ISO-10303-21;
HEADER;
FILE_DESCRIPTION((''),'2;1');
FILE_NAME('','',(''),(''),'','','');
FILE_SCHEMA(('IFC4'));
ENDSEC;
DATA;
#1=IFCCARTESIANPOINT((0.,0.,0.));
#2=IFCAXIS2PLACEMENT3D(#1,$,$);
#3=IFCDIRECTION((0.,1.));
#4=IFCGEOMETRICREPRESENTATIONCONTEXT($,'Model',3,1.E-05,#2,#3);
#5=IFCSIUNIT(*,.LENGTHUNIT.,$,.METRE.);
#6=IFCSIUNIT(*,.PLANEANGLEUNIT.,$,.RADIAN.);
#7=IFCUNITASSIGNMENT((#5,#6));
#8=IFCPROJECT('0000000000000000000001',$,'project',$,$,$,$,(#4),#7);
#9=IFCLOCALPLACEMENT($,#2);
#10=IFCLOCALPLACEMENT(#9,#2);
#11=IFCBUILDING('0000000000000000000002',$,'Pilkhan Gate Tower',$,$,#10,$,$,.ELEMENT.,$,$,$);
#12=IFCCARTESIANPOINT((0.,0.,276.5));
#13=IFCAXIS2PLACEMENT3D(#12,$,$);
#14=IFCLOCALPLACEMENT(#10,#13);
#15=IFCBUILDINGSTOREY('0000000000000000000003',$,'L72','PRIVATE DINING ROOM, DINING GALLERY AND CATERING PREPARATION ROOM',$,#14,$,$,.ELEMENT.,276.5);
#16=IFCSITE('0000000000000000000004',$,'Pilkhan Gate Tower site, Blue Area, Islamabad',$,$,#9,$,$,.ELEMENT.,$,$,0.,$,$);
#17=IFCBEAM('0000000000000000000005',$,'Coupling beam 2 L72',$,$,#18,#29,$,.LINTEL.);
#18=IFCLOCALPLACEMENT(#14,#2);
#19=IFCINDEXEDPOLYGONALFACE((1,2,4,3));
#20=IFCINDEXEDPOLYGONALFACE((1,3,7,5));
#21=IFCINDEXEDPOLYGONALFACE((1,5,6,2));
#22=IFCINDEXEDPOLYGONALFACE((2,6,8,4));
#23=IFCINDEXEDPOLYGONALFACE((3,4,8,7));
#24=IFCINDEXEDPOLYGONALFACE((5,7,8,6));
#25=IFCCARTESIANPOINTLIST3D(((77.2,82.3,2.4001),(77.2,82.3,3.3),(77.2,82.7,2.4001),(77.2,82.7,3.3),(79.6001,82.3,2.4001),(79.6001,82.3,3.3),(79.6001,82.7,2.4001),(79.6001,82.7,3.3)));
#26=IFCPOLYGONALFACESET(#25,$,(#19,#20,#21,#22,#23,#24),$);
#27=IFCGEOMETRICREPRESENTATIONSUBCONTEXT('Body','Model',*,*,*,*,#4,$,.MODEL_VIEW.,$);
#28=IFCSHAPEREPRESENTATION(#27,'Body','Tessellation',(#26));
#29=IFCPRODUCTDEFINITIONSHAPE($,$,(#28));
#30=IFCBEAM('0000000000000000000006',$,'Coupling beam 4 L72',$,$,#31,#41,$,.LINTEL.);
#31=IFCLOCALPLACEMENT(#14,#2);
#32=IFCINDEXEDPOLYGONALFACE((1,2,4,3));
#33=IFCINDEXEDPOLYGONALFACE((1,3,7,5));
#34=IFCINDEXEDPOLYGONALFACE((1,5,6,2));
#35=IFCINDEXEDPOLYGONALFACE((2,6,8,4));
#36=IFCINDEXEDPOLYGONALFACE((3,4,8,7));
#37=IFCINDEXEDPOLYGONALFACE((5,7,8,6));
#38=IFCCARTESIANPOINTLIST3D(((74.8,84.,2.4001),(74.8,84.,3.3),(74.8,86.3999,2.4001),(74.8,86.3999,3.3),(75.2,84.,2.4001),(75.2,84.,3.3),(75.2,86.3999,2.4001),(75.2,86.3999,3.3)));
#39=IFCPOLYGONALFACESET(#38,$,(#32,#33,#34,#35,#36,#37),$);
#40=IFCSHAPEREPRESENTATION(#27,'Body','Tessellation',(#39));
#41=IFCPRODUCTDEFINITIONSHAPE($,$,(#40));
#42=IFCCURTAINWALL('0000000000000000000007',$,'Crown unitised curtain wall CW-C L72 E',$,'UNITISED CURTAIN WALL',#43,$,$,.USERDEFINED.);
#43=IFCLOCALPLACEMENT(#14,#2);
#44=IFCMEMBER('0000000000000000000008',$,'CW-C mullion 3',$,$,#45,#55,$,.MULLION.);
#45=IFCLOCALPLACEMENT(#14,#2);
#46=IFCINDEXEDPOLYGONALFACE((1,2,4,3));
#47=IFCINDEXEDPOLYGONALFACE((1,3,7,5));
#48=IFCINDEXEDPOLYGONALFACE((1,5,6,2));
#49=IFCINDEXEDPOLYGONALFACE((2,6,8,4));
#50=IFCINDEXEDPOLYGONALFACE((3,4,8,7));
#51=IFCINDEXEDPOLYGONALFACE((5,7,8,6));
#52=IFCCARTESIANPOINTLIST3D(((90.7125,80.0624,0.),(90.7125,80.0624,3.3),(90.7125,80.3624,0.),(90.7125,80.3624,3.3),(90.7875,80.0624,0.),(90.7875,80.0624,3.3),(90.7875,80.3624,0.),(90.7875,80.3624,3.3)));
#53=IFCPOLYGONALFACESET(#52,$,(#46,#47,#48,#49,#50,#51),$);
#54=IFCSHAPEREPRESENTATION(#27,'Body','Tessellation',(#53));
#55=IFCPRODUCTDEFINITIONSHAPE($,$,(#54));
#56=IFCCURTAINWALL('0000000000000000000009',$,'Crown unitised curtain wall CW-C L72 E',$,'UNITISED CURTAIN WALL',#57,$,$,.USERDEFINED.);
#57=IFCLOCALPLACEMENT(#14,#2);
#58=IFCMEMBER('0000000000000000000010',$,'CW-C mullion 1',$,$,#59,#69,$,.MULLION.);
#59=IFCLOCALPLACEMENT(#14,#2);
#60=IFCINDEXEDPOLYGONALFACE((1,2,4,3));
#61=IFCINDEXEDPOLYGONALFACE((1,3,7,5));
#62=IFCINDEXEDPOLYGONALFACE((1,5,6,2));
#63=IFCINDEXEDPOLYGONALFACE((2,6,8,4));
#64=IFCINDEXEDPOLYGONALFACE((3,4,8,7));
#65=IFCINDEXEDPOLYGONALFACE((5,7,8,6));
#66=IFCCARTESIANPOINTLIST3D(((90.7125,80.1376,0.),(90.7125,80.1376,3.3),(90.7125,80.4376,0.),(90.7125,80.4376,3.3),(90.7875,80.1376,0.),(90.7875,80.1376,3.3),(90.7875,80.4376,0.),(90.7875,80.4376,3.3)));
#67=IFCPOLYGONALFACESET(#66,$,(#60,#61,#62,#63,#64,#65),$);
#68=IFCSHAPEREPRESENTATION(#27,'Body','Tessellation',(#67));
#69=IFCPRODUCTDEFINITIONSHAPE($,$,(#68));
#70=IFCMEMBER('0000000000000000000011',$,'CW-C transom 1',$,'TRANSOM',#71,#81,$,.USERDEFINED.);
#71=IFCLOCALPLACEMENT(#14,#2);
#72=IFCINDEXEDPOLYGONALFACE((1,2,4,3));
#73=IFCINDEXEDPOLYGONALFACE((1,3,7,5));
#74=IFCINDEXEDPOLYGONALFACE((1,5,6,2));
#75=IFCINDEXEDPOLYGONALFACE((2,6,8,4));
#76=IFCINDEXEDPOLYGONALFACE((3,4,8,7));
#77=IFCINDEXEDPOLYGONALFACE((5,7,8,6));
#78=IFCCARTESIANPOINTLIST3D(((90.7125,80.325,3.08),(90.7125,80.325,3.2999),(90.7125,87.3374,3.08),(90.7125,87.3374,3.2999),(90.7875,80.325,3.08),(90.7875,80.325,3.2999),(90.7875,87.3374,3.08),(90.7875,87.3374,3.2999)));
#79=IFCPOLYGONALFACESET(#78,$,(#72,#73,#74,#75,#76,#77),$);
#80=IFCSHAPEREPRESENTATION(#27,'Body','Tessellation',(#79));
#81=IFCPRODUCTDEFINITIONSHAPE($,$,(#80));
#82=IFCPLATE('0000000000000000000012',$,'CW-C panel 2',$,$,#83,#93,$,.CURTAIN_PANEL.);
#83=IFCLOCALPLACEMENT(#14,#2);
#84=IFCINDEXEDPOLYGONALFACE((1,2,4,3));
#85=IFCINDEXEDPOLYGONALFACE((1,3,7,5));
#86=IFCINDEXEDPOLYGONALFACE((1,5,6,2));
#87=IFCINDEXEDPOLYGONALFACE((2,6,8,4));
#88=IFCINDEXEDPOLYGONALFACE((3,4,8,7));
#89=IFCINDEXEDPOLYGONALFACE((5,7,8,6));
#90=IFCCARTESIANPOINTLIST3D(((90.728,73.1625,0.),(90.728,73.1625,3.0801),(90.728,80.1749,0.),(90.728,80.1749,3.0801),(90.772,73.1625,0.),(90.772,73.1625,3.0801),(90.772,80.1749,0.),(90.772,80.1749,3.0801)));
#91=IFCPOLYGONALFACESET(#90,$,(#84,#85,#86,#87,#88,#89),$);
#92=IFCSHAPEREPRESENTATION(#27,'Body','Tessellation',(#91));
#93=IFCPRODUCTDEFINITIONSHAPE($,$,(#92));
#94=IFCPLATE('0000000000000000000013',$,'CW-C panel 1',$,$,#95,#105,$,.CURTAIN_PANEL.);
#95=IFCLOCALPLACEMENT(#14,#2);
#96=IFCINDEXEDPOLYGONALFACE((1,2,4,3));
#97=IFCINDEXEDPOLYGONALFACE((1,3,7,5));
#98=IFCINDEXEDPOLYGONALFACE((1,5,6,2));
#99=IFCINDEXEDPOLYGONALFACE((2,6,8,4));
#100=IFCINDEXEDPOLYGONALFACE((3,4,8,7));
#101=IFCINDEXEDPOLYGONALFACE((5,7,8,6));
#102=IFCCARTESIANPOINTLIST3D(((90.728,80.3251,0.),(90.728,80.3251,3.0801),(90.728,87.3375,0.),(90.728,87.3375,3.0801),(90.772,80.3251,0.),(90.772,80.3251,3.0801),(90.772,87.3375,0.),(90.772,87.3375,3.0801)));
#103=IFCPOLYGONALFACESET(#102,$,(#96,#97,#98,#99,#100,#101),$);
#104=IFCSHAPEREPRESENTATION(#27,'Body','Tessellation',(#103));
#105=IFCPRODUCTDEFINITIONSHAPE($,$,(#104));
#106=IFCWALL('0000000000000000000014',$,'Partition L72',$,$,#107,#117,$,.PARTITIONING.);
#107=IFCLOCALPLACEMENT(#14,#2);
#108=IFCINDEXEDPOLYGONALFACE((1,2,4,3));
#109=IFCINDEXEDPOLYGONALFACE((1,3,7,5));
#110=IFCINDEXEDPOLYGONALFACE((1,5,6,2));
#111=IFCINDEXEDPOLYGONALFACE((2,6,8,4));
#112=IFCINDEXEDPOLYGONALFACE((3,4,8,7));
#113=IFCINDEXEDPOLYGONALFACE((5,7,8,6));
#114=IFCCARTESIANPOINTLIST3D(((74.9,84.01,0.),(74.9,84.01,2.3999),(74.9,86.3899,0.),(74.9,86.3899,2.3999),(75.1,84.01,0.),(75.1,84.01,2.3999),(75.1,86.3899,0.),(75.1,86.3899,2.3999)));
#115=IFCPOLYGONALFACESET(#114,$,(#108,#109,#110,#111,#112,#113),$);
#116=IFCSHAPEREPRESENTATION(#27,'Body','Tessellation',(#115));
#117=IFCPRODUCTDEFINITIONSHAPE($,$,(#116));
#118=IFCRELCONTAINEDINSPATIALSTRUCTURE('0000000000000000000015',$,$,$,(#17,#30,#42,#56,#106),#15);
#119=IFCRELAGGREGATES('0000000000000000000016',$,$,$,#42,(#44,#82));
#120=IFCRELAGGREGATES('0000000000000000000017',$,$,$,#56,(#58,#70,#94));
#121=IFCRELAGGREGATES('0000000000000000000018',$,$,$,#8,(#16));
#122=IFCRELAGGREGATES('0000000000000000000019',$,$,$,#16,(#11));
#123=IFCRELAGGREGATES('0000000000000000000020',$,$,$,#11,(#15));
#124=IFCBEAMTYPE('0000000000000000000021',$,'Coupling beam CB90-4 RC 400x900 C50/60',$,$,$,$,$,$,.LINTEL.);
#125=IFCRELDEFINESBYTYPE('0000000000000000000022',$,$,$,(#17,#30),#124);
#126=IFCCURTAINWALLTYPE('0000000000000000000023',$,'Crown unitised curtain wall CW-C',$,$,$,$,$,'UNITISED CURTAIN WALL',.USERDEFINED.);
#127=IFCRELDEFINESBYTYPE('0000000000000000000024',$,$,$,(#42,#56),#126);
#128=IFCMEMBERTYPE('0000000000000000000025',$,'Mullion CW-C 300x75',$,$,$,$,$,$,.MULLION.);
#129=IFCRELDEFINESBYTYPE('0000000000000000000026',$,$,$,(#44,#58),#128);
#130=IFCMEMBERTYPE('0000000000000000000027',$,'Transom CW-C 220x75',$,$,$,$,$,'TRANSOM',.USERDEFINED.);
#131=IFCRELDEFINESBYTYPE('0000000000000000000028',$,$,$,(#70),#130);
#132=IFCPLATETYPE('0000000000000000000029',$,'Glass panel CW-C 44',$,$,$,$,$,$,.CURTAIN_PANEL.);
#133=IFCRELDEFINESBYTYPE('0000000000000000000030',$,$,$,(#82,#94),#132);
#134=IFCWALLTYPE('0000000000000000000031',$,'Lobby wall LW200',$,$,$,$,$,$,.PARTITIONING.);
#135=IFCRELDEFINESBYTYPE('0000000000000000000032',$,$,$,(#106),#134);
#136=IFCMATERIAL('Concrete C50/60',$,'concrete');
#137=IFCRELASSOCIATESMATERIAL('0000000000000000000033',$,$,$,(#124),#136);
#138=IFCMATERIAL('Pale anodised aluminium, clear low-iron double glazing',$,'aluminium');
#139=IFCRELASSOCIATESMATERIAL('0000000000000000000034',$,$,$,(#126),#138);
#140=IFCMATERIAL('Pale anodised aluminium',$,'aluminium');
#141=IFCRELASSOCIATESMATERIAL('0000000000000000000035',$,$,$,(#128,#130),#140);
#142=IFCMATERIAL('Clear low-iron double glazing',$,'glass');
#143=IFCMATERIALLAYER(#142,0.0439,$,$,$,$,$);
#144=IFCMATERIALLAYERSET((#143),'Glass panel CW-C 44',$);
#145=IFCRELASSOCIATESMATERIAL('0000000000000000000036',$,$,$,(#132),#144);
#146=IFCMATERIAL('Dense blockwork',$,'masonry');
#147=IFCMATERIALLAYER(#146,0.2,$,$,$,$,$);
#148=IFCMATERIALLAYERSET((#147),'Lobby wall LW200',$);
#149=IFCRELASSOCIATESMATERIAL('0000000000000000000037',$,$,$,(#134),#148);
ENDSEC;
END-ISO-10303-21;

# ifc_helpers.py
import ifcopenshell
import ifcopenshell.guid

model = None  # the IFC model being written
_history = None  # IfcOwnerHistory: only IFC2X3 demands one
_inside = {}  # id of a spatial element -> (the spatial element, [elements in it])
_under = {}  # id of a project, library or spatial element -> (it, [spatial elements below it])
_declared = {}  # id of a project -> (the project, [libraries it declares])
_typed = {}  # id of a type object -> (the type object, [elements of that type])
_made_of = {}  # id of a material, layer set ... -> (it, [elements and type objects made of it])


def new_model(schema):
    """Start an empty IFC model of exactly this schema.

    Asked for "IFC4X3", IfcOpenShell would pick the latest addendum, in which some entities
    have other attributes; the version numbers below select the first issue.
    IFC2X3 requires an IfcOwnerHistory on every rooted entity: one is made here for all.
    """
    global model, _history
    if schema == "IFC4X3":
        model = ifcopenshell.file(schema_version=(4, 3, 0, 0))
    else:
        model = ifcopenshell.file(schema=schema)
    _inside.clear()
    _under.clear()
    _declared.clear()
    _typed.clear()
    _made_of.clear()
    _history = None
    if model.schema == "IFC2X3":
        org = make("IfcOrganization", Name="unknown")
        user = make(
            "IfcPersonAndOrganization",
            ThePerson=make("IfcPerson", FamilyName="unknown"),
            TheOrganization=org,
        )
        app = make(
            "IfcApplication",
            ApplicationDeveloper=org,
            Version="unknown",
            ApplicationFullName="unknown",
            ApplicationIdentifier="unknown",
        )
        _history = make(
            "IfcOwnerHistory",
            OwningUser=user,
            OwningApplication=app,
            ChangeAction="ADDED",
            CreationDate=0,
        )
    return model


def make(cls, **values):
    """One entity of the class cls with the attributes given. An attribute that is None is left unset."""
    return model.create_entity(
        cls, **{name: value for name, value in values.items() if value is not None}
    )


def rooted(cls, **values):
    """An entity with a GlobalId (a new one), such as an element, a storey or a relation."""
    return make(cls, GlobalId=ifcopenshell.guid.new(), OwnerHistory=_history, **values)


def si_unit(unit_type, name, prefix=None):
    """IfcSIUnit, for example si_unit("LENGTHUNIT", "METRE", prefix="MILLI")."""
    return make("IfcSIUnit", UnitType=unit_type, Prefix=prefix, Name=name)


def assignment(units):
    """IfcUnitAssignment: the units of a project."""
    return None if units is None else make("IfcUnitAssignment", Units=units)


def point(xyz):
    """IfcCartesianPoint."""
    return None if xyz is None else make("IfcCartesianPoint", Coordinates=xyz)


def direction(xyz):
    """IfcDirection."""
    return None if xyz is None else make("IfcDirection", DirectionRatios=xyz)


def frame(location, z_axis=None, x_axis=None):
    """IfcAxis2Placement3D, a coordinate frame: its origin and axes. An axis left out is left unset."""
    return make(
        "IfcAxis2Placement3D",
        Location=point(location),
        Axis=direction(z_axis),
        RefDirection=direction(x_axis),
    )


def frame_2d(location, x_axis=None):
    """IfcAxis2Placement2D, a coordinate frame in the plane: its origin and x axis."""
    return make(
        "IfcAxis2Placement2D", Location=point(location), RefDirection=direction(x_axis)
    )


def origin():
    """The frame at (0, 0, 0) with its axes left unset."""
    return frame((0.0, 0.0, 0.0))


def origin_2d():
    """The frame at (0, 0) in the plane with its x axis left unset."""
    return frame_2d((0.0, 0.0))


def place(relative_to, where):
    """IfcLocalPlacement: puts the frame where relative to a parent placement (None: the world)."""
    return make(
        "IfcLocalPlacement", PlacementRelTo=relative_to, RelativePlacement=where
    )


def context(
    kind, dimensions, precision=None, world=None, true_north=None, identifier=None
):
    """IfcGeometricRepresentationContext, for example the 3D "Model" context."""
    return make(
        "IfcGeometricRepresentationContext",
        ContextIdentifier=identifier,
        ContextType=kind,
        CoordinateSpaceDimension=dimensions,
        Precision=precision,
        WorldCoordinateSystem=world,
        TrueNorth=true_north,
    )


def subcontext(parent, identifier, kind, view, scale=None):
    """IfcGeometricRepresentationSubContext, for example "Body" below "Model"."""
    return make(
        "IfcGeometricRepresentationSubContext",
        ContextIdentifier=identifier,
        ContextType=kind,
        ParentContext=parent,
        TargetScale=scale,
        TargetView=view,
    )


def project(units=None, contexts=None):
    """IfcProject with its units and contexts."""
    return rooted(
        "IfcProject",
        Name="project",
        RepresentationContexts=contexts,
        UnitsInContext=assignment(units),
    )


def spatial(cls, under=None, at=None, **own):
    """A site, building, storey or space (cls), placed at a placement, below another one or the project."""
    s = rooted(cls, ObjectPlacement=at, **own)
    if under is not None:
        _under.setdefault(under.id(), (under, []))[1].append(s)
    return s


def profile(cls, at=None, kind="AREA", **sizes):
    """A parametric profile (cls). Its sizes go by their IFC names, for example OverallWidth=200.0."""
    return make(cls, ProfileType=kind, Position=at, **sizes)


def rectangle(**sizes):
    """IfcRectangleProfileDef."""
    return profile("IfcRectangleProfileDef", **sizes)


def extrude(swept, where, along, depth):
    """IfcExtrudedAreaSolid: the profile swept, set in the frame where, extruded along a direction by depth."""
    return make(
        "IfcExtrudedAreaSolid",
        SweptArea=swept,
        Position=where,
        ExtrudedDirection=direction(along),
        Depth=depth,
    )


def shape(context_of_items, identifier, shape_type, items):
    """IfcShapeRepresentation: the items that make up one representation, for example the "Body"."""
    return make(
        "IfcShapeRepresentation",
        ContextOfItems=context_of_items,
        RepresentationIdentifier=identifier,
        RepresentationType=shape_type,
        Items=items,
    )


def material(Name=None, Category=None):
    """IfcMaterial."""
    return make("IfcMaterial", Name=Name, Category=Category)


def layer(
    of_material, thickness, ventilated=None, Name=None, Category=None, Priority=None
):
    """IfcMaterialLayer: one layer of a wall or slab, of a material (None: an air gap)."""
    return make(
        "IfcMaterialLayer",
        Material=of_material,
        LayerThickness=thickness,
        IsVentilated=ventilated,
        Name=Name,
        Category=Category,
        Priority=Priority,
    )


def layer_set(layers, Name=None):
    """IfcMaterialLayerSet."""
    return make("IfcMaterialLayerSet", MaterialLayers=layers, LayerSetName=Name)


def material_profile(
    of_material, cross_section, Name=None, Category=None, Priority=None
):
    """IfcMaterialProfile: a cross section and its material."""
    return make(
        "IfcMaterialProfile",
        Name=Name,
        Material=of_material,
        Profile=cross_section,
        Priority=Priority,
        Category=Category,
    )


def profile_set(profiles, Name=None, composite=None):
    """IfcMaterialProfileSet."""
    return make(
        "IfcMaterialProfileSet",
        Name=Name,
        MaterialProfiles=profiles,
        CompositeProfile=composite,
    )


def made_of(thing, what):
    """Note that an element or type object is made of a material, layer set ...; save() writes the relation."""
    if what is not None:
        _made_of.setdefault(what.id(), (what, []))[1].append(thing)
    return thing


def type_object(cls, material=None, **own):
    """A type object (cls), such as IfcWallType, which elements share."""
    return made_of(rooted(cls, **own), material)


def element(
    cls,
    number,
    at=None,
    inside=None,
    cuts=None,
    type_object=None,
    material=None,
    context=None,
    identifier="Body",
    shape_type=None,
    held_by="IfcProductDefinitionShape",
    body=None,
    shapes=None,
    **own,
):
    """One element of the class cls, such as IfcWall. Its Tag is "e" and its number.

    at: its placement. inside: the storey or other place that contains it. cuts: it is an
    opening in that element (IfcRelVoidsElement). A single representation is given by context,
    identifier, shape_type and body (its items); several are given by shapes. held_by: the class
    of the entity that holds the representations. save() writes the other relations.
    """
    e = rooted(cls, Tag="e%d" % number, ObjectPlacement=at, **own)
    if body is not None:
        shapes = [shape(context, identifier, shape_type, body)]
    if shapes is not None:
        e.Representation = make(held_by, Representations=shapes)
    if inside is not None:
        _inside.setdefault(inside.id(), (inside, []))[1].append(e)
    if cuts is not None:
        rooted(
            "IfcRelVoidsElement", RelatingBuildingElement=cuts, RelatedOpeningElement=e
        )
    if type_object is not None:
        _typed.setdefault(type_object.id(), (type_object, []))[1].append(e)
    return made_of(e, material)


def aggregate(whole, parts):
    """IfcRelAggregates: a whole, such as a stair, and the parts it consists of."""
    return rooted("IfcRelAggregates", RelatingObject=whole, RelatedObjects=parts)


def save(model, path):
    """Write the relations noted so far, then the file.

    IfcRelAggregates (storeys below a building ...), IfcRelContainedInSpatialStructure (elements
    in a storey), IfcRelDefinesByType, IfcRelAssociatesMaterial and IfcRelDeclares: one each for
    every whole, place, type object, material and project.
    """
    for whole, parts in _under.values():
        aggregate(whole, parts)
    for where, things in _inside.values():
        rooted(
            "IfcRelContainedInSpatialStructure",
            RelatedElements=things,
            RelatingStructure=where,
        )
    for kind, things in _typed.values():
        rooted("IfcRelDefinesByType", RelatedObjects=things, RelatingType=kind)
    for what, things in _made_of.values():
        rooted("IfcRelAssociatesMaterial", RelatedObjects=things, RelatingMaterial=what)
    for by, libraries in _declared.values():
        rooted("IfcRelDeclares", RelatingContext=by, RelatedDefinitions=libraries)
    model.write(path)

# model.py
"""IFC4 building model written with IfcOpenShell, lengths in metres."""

from ifc_helpers import new_model, si_unit, direction, frame, frame_2d, origin, origin_2d, place, context, subcontext, project, spatial, rectangle, extrude, material, layer, layer_set, material_profile, profile_set, type_object, element, aggregate, save


model = new_model("IFC4")

# Units and contexts
model_context = context("Model", 3, precision=1e-05, world=origin(), true_north=direction((0.0, 1.0)))
body_context = subcontext(model_context, "Body", "Model", "MODEL_VIEW")
ifc_project = project(units=[si_unit("LENGTHUNIT", "METRE"), si_unit("PLANEANGLEUNIT", "RADIAN")], contexts=[model_context])

# Site, building, storey
site_placement = place(None, origin())
site = spatial("IfcSite", under=ifc_project, at=site_placement, Name="Pilkhan Gate Tower site, Blue Area, Islamabad", CompositionType="ELEMENT", RefElevation=0.0)
building_placement = place(site_placement, origin())
building = spatial("IfcBuilding", under=site, at=building_placement, Name="Pilkhan Gate Tower", CompositionType="ELEMENT")
storey_placement = place(building_placement, frame((0.0, 0.0, 276.5)))
storey = spatial("IfcBuildingStorey", under=building, at=storey_placement, Name="L72", Description="PRIVATE DINING ROOM, DINING GALLERY AND CATERING PREPARATION ROOM", CompositionType="ELEMENT", Elevation=276.5)

# Beams
ifc_material_1 = material(Name="Concrete C50/60", Category="concrete")
ifc_material_profile_1 = material_profile(ifc_material_1, rectangle(XDim=0.3999, YDim=0.8999, at=origin_2d()), Name="RC 400x900")
ifc_profile_set_1 = profile_set([ifc_material_profile_1], Name="Concrete C50/60")
beam_type = type_object("IfcBeamType", Name="Coupling beam CB90-4 RC 400x900 C50/60", PredefinedType="LINTEL", material=ifc_profile_set_1)
beam_1_placement = place(storey_placement, frame((77.2, 82.5, 2.8501), z_axis=(1.0, 0.0, 0.0), x_axis=(0.0, 1.0, 0.0)))
element("IfcBeam", 1, at=beam_1_placement, inside=storey, type_object=beam_type, Name="Coupling beam 2 L72", PredefinedType="LINTEL", context=body_context, shape_type="SweptSolid", body=[
    extrude(rectangle(XDim=0.3999, YDim=0.8999, at=origin_2d()), origin(), (0.0, 0.0, 1.0), 2.4001),
])
beam_2_placement = place(storey_placement, frame((75.0, 84.0, 2.8501), z_axis=(0.0, 1.0, 0.0), x_axis=(-1.0, 0.0, 0.0)))
element("IfcBeam", 2, at=beam_2_placement, inside=storey, type_object=beam_type, Name="Coupling beam 4 L72", PredefinedType="LINTEL", context=body_context, shape_type="SweptSolid", body=[
    extrude(rectangle(XDim=0.3999, YDim=0.8999, at=origin_2d()), origin(), (0.0, 0.0, 1.0), 2.3999),
])

# Curtain wall, member
ifc_material_2 = material(Name="Pale anodised aluminium, clear low-iron double glazing", Category="aluminium")
curtain_wall_type = type_object("IfcCurtainWallType", Name="Crown unitised curtain wall CW-C", ElementType="UNITISED CURTAIN WALL", PredefinedType="USERDEFINED", material=ifc_material_2)
curtain_wall_1_placement = place(storey_placement, origin())
curtain_wall_1 = element("IfcCurtainWall", 3, at=curtain_wall_1_placement, inside=storey, type_object=curtain_wall_type, Name="Crown unitised curtain wall CW-C L72 E", ObjectType="UNITISED CURTAIN WALL", PredefinedType="USERDEFINED")
ifc_material_3 = material(Name="Pale anodised aluminium", Category="aluminium")
ifc_material_profile_2 = material_profile(ifc_material_3, rectangle(XDim=0.075, YDim=0.3, at=origin_2d()), Name="Mullion 300x75")
ifc_profile_set_2 = profile_set([ifc_material_profile_2], Name="Pale anodised aluminium")
member_type_1 = type_object("IfcMemberType", Name="Mullion CW-C 300x75", PredefinedType="MULLION", material=ifc_profile_set_2)
member_1_placement = place(storey_placement, frame((90.75, 80.2124, 0.0), z_axis=(0.0, 0.0, 1.0), x_axis=(-1.0, 0.0, 0.0)))
member_1 = element("IfcMember", 4, at=member_1_placement, type_object=member_type_1, Name="CW-C mullion 3", PredefinedType="MULLION", context=body_context, shape_type="SweptSolid", body=[
    extrude(rectangle(XDim=0.075, YDim=0.3, at=origin_2d()), origin(), (0.0, 0.0, 1.0), 3.3),
])

# Curtain wall, members
curtain_wall_2_placement = place(storey_placement, origin())
curtain_wall_2 = element("IfcCurtainWall", 5, at=curtain_wall_2_placement, inside=storey, type_object=curtain_wall_type, Name="Crown unitised curtain wall CW-C L72 E", ObjectType="UNITISED CURTAIN WALL", PredefinedType="USERDEFINED")
member_2_placement = place(storey_placement, frame((90.75, 80.2876, 0.0), z_axis=(0.0, 0.0, 1.0), x_axis=(-1.0, 0.0, 0.0)))
member_2 = element("IfcMember", 6, at=member_2_placement, type_object=member_type_1, Name="CW-C mullion 1", PredefinedType="MULLION", context=body_context, shape_type="SweptSolid", body=[
    extrude(rectangle(XDim=0.075, YDim=0.3, at=origin_2d()), origin(), (0.0, 0.0, 1.0), 3.3),
])
ifc_material_profile_3 = material_profile(ifc_material_3, rectangle(XDim=0.075, YDim=0.22, at=origin_2d()), Name="Transom 220x75")
ifc_profile_set_3 = profile_set([ifc_material_profile_3], Name="Pale anodised aluminium")
member_type_2 = type_object("IfcMemberType", Name="Transom CW-C 220x75", ElementType="TRANSOM", PredefinedType="USERDEFINED", material=ifc_profile_set_3)
member_3_placement = place(storey_placement, frame((90.75, 80.325, 3.1899), z_axis=(0.0, 1.0, 0.0), x_axis=(-1.0, 0.0, 0.0)))
member_3 = element("IfcMember", 7, at=member_3_placement, type_object=member_type_2, Name="CW-C transom 1", ObjectType="TRANSOM", PredefinedType="USERDEFINED", context=body_context, shape_type="SweptSolid", body=[
    extrude(rectangle(XDim=0.075, YDim=0.22, at=origin_2d()), origin(), (0.0, 0.0, 1.0), 7.0125),
])

# Plates
ifc_material_4 = material(Name="Clear low-iron double glazing", Category="glass")
ifc_layer_1 = layer(ifc_material_4, 0.0439)
ifc_layer_set_1 = layer_set([ifc_layer_1], Name="Glass panel CW-C 44")
plate_type = type_object("IfcPlateType", Name="Glass panel CW-C 44", PredefinedType="CURTAIN_PANEL", material=ifc_layer_set_1)
plate_1_placement = place(storey_placement, frame((90.75, 76.6687, 0.0), z_axis=(0.0, 0.0, 1.0), x_axis=(0.0, 1.0, 0.0)))
plate_1 = element("IfcPlate", 8, at=plate_1_placement, type_object=plate_type, Name="CW-C panel 2", PredefinedType="CURTAIN_PANEL", context=body_context, shape_type="SweptSolid", body=[
    extrude(rectangle(XDim=7.0125, YDim=0.0439, at=origin_2d()), origin(), (0.0, 0.0, 1.0), 3.0801),
])
aggregate(curtain_wall_1, [member_1, plate_1])
plate_2_placement = place(storey_placement, frame((90.75, 83.8313, 0.0), z_axis=(0.0, 0.0, 1.0), x_axis=(0.0, 1.0, 0.0)))
plate_2 = element("IfcPlate", 9, at=plate_2_placement, type_object=plate_type, Name="CW-C panel 1", PredefinedType="CURTAIN_PANEL", context=body_context, shape_type="SweptSolid", body=[
    extrude(rectangle(XDim=7.0125, YDim=0.0439, at=origin_2d()), origin(), (0.0, 0.0, 1.0), 3.0801),
])
aggregate(curtain_wall_2, [member_2, member_3, plate_2])

# Wall
ifc_material_5 = material(Name="Dense blockwork", Category="masonry")
ifc_layer_2 = layer(ifc_material_5, 0.2)
ifc_layer_set_2 = layer_set([ifc_layer_2], Name="Lobby wall LW200")
wall_type_1 = type_object("IfcWallType", Name="Lobby wall LW200", PredefinedType="PARTITIONING", material=ifc_layer_set_2)
wall_1_placement = place(storey_placement, frame((75.0, 84.01, 0.0), z_axis=(0.0, 0.0, 1.0), x_axis=(0.0, 1.0, 0.0)))
element("IfcWall", 10, at=wall_1_placement, inside=storey, type_object=wall_type_1, Name="Partition L72", PredefinedType="PARTITIONING", context=body_context, shape_type="SweptSolid", body=[
    extrude(rectangle(XDim=2.3799, YDim=0.2, at=frame_2d((1.1899, 0.0))), origin(), (0.0, 0.0, 1.0), 2.3999),
])

save(model, "model.ifc")
